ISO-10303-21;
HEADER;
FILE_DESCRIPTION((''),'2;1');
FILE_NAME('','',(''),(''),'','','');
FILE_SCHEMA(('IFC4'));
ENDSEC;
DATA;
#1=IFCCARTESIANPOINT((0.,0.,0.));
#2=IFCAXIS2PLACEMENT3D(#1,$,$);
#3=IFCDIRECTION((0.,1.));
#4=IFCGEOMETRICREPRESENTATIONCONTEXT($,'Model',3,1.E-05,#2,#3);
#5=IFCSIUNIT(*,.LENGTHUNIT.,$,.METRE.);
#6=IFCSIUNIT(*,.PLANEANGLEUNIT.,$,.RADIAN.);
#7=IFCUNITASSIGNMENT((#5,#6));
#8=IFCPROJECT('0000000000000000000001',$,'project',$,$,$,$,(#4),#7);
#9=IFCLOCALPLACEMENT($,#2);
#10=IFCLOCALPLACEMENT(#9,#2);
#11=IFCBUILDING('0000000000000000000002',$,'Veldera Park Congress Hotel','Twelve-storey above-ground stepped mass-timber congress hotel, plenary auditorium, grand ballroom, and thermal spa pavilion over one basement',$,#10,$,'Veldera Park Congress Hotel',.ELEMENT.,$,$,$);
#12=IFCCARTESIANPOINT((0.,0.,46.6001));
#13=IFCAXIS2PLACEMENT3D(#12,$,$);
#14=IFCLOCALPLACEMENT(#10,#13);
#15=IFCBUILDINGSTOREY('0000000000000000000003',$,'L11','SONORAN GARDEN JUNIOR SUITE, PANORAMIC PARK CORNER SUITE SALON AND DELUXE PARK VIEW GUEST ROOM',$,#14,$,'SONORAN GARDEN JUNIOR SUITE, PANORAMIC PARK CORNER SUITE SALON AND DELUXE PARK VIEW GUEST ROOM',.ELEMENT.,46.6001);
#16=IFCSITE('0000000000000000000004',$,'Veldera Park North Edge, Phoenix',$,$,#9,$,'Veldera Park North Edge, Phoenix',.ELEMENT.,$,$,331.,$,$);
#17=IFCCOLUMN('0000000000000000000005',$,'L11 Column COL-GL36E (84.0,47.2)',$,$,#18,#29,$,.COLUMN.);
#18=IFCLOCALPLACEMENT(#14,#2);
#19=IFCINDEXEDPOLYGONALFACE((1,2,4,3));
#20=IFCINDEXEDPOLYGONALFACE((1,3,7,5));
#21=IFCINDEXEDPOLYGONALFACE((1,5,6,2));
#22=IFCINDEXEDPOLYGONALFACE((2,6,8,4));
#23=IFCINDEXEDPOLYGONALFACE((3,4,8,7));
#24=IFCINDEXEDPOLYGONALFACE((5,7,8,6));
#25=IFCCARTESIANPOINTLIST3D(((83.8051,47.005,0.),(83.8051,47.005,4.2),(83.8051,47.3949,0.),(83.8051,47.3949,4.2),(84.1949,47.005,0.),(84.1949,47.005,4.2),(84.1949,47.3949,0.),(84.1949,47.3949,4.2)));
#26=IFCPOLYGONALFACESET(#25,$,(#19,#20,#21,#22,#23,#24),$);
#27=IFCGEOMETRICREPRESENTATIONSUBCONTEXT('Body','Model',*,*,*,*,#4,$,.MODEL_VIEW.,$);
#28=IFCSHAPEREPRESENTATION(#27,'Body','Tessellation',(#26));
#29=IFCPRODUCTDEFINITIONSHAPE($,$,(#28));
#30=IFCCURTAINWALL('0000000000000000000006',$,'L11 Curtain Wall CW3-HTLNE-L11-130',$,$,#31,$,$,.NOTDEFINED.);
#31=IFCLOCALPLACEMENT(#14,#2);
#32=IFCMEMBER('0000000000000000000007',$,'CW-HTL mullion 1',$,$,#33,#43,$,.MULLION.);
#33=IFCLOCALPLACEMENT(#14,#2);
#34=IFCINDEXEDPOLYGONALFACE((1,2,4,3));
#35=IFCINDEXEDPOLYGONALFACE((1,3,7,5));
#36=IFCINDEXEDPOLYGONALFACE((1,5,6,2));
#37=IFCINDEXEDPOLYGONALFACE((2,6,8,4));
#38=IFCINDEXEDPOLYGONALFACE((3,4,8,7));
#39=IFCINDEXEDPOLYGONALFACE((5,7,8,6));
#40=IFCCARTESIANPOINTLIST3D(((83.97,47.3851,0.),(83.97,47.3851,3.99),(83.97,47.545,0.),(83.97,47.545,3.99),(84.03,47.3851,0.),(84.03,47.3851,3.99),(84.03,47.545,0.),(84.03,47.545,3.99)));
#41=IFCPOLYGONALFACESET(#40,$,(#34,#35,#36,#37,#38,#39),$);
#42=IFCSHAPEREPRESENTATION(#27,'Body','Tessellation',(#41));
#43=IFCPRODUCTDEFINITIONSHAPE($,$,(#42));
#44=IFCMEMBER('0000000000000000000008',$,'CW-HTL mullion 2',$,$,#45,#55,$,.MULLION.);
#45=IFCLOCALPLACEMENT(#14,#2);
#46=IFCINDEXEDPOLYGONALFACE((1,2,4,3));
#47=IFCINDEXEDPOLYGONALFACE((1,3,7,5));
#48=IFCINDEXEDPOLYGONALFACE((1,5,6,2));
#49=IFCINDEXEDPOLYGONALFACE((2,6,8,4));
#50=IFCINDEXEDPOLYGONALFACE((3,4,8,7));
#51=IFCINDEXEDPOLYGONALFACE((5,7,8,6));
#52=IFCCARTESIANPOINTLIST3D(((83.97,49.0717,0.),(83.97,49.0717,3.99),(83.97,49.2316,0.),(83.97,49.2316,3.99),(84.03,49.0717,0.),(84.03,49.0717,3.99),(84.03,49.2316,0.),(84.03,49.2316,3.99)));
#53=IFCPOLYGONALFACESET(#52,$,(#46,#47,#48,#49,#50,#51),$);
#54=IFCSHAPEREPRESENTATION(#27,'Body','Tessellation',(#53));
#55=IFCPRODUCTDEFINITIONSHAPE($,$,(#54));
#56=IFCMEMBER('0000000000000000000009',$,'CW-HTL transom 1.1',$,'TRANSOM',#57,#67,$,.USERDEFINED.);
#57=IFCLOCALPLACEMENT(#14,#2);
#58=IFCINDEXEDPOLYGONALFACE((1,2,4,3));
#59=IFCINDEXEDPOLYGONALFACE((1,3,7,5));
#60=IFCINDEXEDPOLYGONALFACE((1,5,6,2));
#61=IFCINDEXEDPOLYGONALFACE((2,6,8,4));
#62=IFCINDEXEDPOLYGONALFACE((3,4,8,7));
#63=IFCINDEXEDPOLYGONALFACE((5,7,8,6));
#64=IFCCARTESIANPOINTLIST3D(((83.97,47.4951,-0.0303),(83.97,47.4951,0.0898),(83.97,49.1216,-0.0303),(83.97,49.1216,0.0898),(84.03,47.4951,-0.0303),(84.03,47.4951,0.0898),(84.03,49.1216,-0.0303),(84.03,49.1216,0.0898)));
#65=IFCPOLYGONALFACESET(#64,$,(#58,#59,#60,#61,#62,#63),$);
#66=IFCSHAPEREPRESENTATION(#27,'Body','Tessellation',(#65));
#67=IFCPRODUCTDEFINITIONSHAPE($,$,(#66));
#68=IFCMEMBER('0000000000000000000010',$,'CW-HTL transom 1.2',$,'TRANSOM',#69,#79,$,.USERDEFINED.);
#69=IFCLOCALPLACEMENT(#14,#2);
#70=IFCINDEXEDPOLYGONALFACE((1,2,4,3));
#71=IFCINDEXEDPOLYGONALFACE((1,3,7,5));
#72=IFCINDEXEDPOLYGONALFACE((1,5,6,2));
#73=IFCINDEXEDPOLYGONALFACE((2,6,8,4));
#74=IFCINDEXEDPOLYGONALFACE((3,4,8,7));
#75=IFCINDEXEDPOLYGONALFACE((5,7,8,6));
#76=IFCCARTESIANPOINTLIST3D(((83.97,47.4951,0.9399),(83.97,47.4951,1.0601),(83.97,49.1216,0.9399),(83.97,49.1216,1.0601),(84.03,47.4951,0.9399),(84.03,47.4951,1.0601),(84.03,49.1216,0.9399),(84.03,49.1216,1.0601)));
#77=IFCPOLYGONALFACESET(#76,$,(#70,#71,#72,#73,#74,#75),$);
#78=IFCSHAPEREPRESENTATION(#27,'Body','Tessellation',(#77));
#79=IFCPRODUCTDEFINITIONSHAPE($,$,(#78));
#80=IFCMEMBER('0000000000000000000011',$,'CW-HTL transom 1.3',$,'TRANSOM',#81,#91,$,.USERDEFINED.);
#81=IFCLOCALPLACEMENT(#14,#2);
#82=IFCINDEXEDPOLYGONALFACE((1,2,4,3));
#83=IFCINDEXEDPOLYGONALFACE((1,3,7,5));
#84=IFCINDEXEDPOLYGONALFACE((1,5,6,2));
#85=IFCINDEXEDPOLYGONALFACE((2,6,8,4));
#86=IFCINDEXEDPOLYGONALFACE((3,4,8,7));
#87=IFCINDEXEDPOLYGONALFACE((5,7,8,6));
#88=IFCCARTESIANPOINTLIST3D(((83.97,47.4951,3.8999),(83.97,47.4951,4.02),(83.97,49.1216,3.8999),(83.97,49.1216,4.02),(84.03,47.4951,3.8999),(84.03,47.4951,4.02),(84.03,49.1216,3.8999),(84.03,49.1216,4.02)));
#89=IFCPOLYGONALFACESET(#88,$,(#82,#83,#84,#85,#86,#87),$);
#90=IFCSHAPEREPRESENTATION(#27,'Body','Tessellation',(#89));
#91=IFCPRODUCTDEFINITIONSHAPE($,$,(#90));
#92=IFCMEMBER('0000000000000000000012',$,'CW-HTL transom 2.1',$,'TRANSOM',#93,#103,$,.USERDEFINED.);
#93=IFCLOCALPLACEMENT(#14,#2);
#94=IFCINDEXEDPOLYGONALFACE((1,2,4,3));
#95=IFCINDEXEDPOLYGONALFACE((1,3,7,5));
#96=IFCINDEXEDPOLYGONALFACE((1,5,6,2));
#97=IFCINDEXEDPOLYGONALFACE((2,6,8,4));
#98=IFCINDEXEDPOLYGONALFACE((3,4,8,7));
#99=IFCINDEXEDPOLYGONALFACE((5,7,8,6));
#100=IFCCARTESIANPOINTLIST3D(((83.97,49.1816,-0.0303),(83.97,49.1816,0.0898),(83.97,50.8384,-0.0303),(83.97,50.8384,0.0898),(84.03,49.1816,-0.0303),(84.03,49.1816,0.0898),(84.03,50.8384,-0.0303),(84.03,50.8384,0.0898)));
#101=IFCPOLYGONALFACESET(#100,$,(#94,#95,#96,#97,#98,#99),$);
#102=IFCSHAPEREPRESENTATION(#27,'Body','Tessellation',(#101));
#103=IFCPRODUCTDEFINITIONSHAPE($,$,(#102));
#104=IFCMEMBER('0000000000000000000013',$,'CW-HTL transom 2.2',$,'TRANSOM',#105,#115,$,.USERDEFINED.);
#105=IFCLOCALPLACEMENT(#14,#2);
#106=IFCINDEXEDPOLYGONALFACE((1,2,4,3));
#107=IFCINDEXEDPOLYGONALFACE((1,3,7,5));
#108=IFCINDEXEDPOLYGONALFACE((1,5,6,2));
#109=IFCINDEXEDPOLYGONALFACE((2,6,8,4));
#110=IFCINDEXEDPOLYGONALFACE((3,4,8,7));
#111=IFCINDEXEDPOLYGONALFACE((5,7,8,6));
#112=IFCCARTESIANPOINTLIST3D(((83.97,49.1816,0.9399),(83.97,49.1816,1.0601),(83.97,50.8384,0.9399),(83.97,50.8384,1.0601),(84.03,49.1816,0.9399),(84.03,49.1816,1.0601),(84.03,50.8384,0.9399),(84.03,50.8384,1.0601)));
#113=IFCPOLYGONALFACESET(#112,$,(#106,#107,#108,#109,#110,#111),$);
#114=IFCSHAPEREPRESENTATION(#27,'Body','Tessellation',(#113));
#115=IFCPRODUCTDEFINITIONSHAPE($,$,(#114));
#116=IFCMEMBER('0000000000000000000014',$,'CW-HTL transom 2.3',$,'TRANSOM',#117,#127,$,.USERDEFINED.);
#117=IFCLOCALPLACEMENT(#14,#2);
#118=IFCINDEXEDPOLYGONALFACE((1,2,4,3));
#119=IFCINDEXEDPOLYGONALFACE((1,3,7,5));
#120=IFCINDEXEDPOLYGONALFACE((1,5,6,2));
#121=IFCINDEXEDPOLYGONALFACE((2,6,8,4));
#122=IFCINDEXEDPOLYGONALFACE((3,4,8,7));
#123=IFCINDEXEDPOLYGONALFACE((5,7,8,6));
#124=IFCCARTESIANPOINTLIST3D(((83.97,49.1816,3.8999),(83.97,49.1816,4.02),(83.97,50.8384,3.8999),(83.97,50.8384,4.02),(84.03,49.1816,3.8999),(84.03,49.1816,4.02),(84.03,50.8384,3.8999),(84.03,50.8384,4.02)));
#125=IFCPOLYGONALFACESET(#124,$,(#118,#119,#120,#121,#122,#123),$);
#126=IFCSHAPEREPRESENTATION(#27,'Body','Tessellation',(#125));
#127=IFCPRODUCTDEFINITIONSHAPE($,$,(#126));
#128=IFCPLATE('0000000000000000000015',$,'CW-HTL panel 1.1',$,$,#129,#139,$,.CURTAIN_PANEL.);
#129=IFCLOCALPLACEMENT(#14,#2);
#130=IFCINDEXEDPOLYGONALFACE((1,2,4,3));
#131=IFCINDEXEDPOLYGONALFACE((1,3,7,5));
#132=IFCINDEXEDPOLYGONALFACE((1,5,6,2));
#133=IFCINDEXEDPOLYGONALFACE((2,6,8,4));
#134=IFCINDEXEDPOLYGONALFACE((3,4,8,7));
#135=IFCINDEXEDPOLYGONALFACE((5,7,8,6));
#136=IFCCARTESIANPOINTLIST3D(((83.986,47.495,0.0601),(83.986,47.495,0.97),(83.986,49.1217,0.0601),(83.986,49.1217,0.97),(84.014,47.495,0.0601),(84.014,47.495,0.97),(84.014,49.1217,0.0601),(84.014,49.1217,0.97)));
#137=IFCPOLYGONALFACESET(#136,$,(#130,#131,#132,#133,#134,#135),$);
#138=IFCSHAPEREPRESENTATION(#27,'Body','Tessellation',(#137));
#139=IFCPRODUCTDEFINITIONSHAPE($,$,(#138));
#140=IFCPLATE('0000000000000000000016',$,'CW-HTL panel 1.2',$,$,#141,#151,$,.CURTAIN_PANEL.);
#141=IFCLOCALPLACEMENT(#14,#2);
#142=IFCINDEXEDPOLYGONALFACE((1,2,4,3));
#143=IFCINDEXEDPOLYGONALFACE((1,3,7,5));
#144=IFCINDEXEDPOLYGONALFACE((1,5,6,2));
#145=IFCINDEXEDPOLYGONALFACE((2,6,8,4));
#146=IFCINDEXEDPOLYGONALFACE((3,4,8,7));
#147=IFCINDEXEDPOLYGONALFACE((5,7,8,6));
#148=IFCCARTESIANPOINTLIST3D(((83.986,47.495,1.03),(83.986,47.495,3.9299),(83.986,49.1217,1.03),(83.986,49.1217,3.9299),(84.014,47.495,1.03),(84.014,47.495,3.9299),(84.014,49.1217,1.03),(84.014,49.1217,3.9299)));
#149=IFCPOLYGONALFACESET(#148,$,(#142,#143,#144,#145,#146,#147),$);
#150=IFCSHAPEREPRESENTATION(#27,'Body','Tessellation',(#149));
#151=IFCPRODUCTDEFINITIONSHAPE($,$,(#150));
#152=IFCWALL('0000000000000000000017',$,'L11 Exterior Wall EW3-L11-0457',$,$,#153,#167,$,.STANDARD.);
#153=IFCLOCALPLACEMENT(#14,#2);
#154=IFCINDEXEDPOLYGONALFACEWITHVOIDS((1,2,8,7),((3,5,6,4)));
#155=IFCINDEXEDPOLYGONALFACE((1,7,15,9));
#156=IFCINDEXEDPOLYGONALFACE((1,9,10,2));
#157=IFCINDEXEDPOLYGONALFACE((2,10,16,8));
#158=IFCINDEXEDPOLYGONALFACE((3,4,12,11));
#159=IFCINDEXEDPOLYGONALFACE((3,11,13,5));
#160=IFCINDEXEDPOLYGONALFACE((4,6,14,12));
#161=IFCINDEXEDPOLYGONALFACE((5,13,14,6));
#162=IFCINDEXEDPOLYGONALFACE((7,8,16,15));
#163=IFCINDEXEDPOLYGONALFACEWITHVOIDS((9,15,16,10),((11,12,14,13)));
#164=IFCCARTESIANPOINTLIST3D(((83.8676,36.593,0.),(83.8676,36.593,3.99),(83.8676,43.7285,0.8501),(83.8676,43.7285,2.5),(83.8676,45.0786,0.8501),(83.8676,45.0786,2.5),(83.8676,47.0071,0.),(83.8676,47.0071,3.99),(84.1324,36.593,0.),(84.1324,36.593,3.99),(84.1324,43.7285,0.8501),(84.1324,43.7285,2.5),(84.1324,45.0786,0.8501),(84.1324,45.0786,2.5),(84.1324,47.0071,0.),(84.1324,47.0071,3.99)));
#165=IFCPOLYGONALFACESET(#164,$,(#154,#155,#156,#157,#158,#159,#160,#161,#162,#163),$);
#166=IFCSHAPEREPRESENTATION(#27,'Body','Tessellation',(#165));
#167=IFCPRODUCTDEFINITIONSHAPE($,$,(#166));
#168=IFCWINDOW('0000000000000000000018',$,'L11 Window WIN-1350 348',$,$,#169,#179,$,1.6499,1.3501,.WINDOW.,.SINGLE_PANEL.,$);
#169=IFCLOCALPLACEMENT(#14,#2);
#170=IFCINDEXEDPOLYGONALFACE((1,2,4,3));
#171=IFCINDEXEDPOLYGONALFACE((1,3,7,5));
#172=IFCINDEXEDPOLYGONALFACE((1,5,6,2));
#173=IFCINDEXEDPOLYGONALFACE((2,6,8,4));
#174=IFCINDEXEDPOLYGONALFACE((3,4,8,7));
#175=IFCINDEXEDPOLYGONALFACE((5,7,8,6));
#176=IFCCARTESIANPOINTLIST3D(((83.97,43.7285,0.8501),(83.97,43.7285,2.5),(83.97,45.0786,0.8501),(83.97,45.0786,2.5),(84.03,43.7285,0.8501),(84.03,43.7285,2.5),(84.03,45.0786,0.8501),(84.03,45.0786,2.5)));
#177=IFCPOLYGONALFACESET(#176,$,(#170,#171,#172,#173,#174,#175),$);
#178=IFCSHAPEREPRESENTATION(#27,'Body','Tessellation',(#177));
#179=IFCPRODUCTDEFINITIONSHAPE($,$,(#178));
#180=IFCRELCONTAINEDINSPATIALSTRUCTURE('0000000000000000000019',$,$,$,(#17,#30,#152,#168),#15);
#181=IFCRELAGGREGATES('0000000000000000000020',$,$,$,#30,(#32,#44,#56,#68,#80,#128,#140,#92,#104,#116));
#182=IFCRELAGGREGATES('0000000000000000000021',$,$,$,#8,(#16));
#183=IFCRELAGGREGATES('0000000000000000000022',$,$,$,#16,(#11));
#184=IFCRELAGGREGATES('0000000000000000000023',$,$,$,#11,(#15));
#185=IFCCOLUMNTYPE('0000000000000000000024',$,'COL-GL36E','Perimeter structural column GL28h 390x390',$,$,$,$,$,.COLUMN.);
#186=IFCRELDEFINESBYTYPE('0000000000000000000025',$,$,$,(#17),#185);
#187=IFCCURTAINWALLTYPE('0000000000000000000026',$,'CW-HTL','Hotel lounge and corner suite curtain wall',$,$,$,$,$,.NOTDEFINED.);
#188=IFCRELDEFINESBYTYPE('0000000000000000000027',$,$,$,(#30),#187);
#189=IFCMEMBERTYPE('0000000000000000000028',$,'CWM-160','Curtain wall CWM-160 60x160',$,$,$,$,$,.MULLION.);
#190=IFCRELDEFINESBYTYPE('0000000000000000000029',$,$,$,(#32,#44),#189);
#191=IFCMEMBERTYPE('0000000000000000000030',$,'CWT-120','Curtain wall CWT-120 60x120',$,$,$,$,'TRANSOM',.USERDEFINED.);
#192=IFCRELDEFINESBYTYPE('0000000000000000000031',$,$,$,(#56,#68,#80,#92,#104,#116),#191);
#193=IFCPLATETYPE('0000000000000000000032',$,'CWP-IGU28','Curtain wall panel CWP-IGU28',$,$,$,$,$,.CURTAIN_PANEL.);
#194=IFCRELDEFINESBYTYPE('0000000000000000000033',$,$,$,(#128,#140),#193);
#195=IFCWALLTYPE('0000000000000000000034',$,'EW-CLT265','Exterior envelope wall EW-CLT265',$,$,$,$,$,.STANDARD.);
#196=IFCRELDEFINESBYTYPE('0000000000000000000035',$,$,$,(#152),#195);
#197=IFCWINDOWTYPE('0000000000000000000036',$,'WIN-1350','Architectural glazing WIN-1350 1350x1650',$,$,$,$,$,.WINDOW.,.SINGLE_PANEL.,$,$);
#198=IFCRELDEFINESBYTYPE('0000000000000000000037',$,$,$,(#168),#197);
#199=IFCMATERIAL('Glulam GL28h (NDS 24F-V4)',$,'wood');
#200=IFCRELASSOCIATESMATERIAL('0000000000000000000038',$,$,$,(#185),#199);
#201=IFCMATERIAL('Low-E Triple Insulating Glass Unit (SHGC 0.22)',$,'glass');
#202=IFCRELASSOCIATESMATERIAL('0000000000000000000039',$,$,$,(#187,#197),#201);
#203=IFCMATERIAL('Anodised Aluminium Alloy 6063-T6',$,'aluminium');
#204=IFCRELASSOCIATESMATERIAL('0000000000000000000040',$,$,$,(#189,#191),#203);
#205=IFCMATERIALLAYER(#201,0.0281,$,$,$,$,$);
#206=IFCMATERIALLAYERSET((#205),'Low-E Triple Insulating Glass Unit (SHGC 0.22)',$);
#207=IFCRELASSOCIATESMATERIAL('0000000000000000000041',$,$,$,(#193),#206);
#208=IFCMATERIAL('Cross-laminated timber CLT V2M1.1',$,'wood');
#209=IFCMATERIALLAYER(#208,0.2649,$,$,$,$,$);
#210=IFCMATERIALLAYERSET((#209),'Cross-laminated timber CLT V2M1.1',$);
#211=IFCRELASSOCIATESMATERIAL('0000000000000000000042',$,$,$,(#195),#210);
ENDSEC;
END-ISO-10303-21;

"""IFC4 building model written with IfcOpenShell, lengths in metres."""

from ifc_helpers import new_model, si_unit, direction, frame, frame_2d, origin, origin_2d, place, context, subcontext, project, spatial, rectangle, extrude, material, layer, layer_set, material_profile, profile_set, type_object, element, fill, aggregate, save


model = new_model("IFC4")

# Units and contexts
model_context = context("Model", 3, precision=1e-05, world=origin(), true_north=direction((0.0, 1.0)))
body_context = subcontext(model_context, "Body", "Model", "MODEL_VIEW")
ifc_project = project(units=[si_unit("LENGTHUNIT", "METRE"), si_unit("PLANEANGLEUNIT", "RADIAN")], contexts=[model_context])

# Site, building, storey
site_placement = place(None, origin())
site = spatial("IfcSite", under=ifc_project, at=site_placement, Name="Veldera Park North Edge, Phoenix", LongName="Veldera Park North Edge, Phoenix", CompositionType="ELEMENT", RefElevation=331.0)
building_placement = place(site_placement, origin())
building = spatial("IfcBuilding", under=site, at=building_placement, Name="Veldera Park Congress Hotel", Description="Twelve-storey above-ground stepped mass-timber congress hotel, plenary auditorium, grand ballroom, and thermal spa pavilion over one basement", LongName="Veldera Park Congress Hotel", CompositionType="ELEMENT")
storey_placement = place(building_placement, frame((0.0, 0.0, 46.6001)))
storey = spatial("IfcBuildingStorey", under=building, at=storey_placement, Name="L11", Description="SONORAN GARDEN JUNIOR SUITE, PANORAMIC PARK CORNER SUITE SALON AND DELUXE PARK VIEW GUEST ROOM", LongName="SONORAN GARDEN JUNIOR SUITE, PANORAMIC PARK CORNER SUITE SALON AND DELUXE PARK VIEW GUEST ROOM", CompositionType="ELEMENT", Elevation=46.6001)

# Column
ifc_material_1 = material(Name="Glulam GL28h (NDS 24F-V4)", Category="wood")
ifc_material_profile_1 = material_profile(ifc_material_1, rectangle(XDim=0.3899, YDim=0.3899, at=origin_2d()), Name="GL28h 390x390")
ifc_profile_set_1 = profile_set([ifc_material_profile_1], Name="Glulam GL28h (NDS 24F-V4)")
column_type = type_object("IfcColumnType", Name="COL-GL36E", Description="Perimeter structural column GL28h 390x390", PredefinedType="COLUMN", material=ifc_profile_set_1)
column_placement = place(storey_placement, frame((84.0, 47.2, 0.0), z_axis=(0.0, 0.0, 1.0), x_axis=(1.0, 0.0, 0.0)))
element("IfcColumn", 1, at=column_placement, inside=storey, type_object=column_type, Name="L11 Column COL-GL36E (84.0,47.2)", PredefinedType="COLUMN", context=body_context, shape_type="SweptSolid", body=[
    extrude(rectangle(XDim=0.3899, YDim=0.3899, at=origin_2d()), origin(), (0.0, 0.0, 1.0), 4.2),
])

# Curtain wall, members, plates
ifc_material_2 = material(Name="Low-E Triple Insulating Glass Unit (SHGC 0.22)", Category="glass")
curtain_wall_type = type_object("IfcCurtainWallType", Name="CW-HTL", Description="Hotel lounge and corner suite curtain wall", PredefinedType="NOTDEFINED", material=ifc_material_2)
curtain_wall_placement = place(storey_placement, origin())
curtain_wall = element("IfcCurtainWall", 2, at=curtain_wall_placement, inside=storey, type_object=curtain_wall_type, Name="L11 Curtain Wall CW3-HTLNE-L11-130", PredefinedType="NOTDEFINED")
ifc_material_3 = material(Name="Anodised Aluminium Alloy 6063-T6", Category="aluminium")
ifc_material_profile_2 = material_profile(ifc_material_3, rectangle(XDim=0.0601, YDim=0.1599, at=origin_2d()), Name="ALU 60x160")
ifc_profile_set_2 = profile_set([ifc_material_profile_2], Name="Anodised Aluminium Alloy 6063-T6")
member_type_1 = type_object("IfcMemberType", Name="CWM-160", Description="Curtain wall CWM-160 60x160", PredefinedType="MULLION", material=ifc_profile_set_2)
member_1_placement = place(storey_placement, frame((84.0, 47.4651, 0.0), z_axis=(0.0, 0.0, 1.0), x_axis=(-1.0, 0.0, 0.0)))
member_1 = element("IfcMember", 3, at=member_1_placement, type_object=member_type_1, Name="CW-HTL mullion 1", PredefinedType="MULLION", context=body_context, shape_type="SweptSolid", body=[
    extrude(rectangle(XDim=0.0601, YDim=0.1599, at=origin_2d()), origin(), (0.0, 0.0, 1.0), 3.99),
])
member_2_placement = place(storey_placement, frame((84.0, 49.1516, 0.0), z_axis=(0.0, 0.0, 1.0), x_axis=(-1.0, 0.0, 0.0)))
member_2 = element("IfcMember", 4, at=member_2_placement, type_object=member_type_1, Name="CW-HTL mullion 2", PredefinedType="MULLION", context=body_context, shape_type="SweptSolid", body=[
    extrude(rectangle(XDim=0.0601, YDim=0.1599, at=origin_2d()), origin(), (0.0, 0.0, 1.0), 3.99),
])
ifc_material_profile_3 = material_profile(ifc_material_3, rectangle(XDim=0.0601, YDim=0.1201, at=origin_2d()), Name="ALU 60x120")
ifc_profile_set_3 = profile_set([ifc_material_profile_3], Name="Anodised Aluminium Alloy 6063-T6")
member_type_2 = type_object("IfcMemberType", Name="CWT-120", Description="Curtain wall CWT-120 60x120", ElementType="TRANSOM", PredefinedType="USERDEFINED", material=ifc_profile_set_3)
member_3_placement = place(storey_placement, frame((84.0, 47.4951, 0.0298), z_axis=(0.0, 1.0, 0.0), x_axis=(-1.0, 0.0, 0.0)))
member_3 = element("IfcMember", 5, at=member_3_placement, type_object=member_type_2, Name="CW-HTL transom 1.1", ObjectType="TRANSOM", PredefinedType="USERDEFINED", context=body_context, shape_type="SweptSolid", body=[
    extrude(rectangle(XDim=0.0601, YDim=0.1201, at=origin_2d()), origin(), (0.0, 0.0, 1.0), 1.6265),
])
member_4_placement = place(storey_placement, frame((84.0, 47.4951, 1.0), z_axis=(0.0, 1.0, 0.0), x_axis=(-1.0, 0.0, 0.0)))
member_4 = element("IfcMember", 6, at=member_4_placement, type_object=member_type_2, Name="CW-HTL transom 1.2", ObjectType="TRANSOM", PredefinedType="USERDEFINED", context=body_context, shape_type="SweptSolid", body=[
    extrude(rectangle(XDim=0.0601, YDim=0.1201, at=origin_2d()), origin(), (0.0, 0.0, 1.0), 1.6265),
])
member_5_placement = place(storey_placement, frame((84.0, 47.4951, 3.96), z_axis=(0.0, 1.0, 0.0), x_axis=(-1.0, 0.0, 0.0)))
member_5 = element("IfcMember", 7, at=member_5_placement, type_object=member_type_2, Name="CW-HTL transom 1.3", ObjectType="TRANSOM", PredefinedType="USERDEFINED", context=body_context, shape_type="SweptSolid", body=[
    extrude(rectangle(XDim=0.0601, YDim=0.1201, at=origin_2d()), origin(), (0.0, 0.0, 1.0), 1.6265),
])
member_6_placement = place(storey_placement, frame((84.0, 49.1816, 0.0298), z_axis=(0.0, 1.0, 0.0), x_axis=(-1.0, 0.0, 0.0)))
member_6 = element("IfcMember", 8, at=member_6_placement, type_object=member_type_2, Name="CW-HTL transom 2.1", ObjectType="TRANSOM", PredefinedType="USERDEFINED", context=body_context, shape_type="SweptSolid", body=[
    extrude(rectangle(XDim=0.0601, YDim=0.1201, at=origin_2d()), origin(), (0.0, 0.0, 1.0), 1.6567),
])
member_7_placement = place(storey_placement, frame((84.0, 49.1816, 1.0), z_axis=(0.0, 1.0, 0.0), x_axis=(-1.0, 0.0, 0.0)))
member_7 = element("IfcMember", 9, at=member_7_placement, type_object=member_type_2, Name="CW-HTL transom 2.2", ObjectType="TRANSOM", PredefinedType="USERDEFINED", context=body_context, shape_type="SweptSolid", body=[
    extrude(rectangle(XDim=0.0601, YDim=0.1201, at=origin_2d()), origin(), (0.0, 0.0, 1.0), 1.6567),
])
member_8_placement = place(storey_placement, frame((84.0, 49.1816, 3.96), z_axis=(0.0, 1.0, 0.0), x_axis=(-1.0, 0.0, 0.0)))
member_8 = element("IfcMember", 10, at=member_8_placement, type_object=member_type_2, Name="CW-HTL transom 2.3", ObjectType="TRANSOM", PredefinedType="USERDEFINED", context=body_context, shape_type="SweptSolid", body=[
    extrude(rectangle(XDim=0.0601, YDim=0.1201, at=origin_2d()), origin(), (0.0, 0.0, 1.0), 1.6567),
])
ifc_layer_1 = layer(ifc_material_2, 0.0281)
ifc_layer_set_1 = layer_set([ifc_layer_1], Name="Low-E Triple Insulating Glass Unit (SHGC 0.22)")
plate_type = type_object("IfcPlateType", Name="CWP-IGU28", Description="Curtain wall panel CWP-IGU28", PredefinedType="CURTAIN_PANEL", material=ifc_layer_set_1)
plate_1_placement = place(storey_placement, frame((84.0, 48.3083, 0.0601), z_axis=(0.0, 0.0, 1.0), x_axis=(0.0, 1.0, 0.0)))
plate_1 = element("IfcPlate", 11, at=plate_1_placement, type_object=plate_type, Name="CW-HTL panel 1.1", PredefinedType="CURTAIN_PANEL", context=body_context, shape_type="SweptSolid", body=[
    extrude(rectangle(XDim=1.6267, YDim=0.0281, at=origin_2d()), origin(), (0.0, 0.0, 1.0), 0.9099),
])
plate_2_placement = place(storey_placement, frame((84.0, 48.3083, 1.03), z_axis=(0.0, 0.0, 1.0), x_axis=(0.0, 1.0, 0.0)))
plate_2 = element("IfcPlate", 12, at=plate_2_placement, type_object=plate_type, Name="CW-HTL panel 1.2", PredefinedType="CURTAIN_PANEL", context=body_context, shape_type="SweptSolid", body=[
    extrude(rectangle(XDim=1.6267, YDim=0.0281, at=origin_2d()), origin(), (0.0, 0.0, 1.0), 2.8999),
])
aggregate(curtain_wall, [member_1, member_2, member_3, member_4, member_5, plate_1, plate_2, member_6, member_7, member_8])

# Wall, opening, window
ifc_material_4 = material(Name="Cross-laminated timber CLT V2M1.1", Category="wood")
ifc_layer_2 = layer(ifc_material_4, 0.2649)
ifc_layer_set_2 = layer_set([ifc_layer_2], Name="Cross-laminated timber CLT V2M1.1")
wall_type_1 = type_object("IfcWallType", Name="EW-CLT265", Description="Exterior envelope wall EW-CLT265", PredefinedType="STANDARD", material=ifc_layer_set_2)
wall_1_placement = place(storey_placement, frame((84.0, 36.593, 0.0), z_axis=(0.0, 0.0, 1.0), x_axis=(0.0, 1.0, 0.0)))
wall_1 = element("IfcWall", 13, at=wall_1_placement, inside=storey, type_object=wall_type_1, Name="L11 Exterior Wall EW3-L11-0457", PredefinedType="STANDARD", context=body_context, shape_type="SweptSolid", body=[
    extrude(rectangle(XDim=10.4141, YDim=0.2649, at=frame_2d((5.207, 0.0))), origin(), (0.0, 0.0, 1.0), 3.99),
])
opening_1_placement = place(wall_1_placement, frame((7.1355, 0.0, 0.8501)))
opening_1 = element("IfcOpeningElement", 14, at=opening_1_placement, cuts=wall_1, PredefinedType="OPENING", context=body_context, shape_type="SweptSolid", body=[
    extrude(rectangle(XDim=1.3501, YDim=1.6499, at=frame_2d((0.675, 0.825))), frame((0.0, 0.1445, 0.0), z_axis=(0.0, -1.0, 0.0), x_axis=(1.0, 0.0, 0.0)), (0.0, 0.0, 1.0), 0.2888),
])
window_type = type_object("IfcWindowType", Name="WIN-1350", Description="Architectural glazing WIN-1350 1350x1650", PartitioningType="SINGLE_PANEL", PredefinedType="WINDOW", material=ifc_material_2)
window_placement = place(opening_1_placement, origin())
window = element("IfcWindow", 15, at=window_placement, inside=storey, type_object=window_type, Name="L11 Window WIN-1350 348", OverallHeight=1.6499, OverallWidth=1.3501, PartitioningType="SINGLE_PANEL", PredefinedType="WINDOW", context=body_context, shape_type="SweptSolid", body=[
    extrude(rectangle(XDim=1.3501, YDim=1.6499, at=frame_2d((0.675, 0.825))), frame((0.0, 0.03, 0.0), z_axis=(0.0, -1.0, 0.0), x_axis=(1.0, 0.0, 0.0)), (0.0, 0.0, 1.0), 0.0601),
])
fill(opening_1, window)

save(model, "model.ifc")
